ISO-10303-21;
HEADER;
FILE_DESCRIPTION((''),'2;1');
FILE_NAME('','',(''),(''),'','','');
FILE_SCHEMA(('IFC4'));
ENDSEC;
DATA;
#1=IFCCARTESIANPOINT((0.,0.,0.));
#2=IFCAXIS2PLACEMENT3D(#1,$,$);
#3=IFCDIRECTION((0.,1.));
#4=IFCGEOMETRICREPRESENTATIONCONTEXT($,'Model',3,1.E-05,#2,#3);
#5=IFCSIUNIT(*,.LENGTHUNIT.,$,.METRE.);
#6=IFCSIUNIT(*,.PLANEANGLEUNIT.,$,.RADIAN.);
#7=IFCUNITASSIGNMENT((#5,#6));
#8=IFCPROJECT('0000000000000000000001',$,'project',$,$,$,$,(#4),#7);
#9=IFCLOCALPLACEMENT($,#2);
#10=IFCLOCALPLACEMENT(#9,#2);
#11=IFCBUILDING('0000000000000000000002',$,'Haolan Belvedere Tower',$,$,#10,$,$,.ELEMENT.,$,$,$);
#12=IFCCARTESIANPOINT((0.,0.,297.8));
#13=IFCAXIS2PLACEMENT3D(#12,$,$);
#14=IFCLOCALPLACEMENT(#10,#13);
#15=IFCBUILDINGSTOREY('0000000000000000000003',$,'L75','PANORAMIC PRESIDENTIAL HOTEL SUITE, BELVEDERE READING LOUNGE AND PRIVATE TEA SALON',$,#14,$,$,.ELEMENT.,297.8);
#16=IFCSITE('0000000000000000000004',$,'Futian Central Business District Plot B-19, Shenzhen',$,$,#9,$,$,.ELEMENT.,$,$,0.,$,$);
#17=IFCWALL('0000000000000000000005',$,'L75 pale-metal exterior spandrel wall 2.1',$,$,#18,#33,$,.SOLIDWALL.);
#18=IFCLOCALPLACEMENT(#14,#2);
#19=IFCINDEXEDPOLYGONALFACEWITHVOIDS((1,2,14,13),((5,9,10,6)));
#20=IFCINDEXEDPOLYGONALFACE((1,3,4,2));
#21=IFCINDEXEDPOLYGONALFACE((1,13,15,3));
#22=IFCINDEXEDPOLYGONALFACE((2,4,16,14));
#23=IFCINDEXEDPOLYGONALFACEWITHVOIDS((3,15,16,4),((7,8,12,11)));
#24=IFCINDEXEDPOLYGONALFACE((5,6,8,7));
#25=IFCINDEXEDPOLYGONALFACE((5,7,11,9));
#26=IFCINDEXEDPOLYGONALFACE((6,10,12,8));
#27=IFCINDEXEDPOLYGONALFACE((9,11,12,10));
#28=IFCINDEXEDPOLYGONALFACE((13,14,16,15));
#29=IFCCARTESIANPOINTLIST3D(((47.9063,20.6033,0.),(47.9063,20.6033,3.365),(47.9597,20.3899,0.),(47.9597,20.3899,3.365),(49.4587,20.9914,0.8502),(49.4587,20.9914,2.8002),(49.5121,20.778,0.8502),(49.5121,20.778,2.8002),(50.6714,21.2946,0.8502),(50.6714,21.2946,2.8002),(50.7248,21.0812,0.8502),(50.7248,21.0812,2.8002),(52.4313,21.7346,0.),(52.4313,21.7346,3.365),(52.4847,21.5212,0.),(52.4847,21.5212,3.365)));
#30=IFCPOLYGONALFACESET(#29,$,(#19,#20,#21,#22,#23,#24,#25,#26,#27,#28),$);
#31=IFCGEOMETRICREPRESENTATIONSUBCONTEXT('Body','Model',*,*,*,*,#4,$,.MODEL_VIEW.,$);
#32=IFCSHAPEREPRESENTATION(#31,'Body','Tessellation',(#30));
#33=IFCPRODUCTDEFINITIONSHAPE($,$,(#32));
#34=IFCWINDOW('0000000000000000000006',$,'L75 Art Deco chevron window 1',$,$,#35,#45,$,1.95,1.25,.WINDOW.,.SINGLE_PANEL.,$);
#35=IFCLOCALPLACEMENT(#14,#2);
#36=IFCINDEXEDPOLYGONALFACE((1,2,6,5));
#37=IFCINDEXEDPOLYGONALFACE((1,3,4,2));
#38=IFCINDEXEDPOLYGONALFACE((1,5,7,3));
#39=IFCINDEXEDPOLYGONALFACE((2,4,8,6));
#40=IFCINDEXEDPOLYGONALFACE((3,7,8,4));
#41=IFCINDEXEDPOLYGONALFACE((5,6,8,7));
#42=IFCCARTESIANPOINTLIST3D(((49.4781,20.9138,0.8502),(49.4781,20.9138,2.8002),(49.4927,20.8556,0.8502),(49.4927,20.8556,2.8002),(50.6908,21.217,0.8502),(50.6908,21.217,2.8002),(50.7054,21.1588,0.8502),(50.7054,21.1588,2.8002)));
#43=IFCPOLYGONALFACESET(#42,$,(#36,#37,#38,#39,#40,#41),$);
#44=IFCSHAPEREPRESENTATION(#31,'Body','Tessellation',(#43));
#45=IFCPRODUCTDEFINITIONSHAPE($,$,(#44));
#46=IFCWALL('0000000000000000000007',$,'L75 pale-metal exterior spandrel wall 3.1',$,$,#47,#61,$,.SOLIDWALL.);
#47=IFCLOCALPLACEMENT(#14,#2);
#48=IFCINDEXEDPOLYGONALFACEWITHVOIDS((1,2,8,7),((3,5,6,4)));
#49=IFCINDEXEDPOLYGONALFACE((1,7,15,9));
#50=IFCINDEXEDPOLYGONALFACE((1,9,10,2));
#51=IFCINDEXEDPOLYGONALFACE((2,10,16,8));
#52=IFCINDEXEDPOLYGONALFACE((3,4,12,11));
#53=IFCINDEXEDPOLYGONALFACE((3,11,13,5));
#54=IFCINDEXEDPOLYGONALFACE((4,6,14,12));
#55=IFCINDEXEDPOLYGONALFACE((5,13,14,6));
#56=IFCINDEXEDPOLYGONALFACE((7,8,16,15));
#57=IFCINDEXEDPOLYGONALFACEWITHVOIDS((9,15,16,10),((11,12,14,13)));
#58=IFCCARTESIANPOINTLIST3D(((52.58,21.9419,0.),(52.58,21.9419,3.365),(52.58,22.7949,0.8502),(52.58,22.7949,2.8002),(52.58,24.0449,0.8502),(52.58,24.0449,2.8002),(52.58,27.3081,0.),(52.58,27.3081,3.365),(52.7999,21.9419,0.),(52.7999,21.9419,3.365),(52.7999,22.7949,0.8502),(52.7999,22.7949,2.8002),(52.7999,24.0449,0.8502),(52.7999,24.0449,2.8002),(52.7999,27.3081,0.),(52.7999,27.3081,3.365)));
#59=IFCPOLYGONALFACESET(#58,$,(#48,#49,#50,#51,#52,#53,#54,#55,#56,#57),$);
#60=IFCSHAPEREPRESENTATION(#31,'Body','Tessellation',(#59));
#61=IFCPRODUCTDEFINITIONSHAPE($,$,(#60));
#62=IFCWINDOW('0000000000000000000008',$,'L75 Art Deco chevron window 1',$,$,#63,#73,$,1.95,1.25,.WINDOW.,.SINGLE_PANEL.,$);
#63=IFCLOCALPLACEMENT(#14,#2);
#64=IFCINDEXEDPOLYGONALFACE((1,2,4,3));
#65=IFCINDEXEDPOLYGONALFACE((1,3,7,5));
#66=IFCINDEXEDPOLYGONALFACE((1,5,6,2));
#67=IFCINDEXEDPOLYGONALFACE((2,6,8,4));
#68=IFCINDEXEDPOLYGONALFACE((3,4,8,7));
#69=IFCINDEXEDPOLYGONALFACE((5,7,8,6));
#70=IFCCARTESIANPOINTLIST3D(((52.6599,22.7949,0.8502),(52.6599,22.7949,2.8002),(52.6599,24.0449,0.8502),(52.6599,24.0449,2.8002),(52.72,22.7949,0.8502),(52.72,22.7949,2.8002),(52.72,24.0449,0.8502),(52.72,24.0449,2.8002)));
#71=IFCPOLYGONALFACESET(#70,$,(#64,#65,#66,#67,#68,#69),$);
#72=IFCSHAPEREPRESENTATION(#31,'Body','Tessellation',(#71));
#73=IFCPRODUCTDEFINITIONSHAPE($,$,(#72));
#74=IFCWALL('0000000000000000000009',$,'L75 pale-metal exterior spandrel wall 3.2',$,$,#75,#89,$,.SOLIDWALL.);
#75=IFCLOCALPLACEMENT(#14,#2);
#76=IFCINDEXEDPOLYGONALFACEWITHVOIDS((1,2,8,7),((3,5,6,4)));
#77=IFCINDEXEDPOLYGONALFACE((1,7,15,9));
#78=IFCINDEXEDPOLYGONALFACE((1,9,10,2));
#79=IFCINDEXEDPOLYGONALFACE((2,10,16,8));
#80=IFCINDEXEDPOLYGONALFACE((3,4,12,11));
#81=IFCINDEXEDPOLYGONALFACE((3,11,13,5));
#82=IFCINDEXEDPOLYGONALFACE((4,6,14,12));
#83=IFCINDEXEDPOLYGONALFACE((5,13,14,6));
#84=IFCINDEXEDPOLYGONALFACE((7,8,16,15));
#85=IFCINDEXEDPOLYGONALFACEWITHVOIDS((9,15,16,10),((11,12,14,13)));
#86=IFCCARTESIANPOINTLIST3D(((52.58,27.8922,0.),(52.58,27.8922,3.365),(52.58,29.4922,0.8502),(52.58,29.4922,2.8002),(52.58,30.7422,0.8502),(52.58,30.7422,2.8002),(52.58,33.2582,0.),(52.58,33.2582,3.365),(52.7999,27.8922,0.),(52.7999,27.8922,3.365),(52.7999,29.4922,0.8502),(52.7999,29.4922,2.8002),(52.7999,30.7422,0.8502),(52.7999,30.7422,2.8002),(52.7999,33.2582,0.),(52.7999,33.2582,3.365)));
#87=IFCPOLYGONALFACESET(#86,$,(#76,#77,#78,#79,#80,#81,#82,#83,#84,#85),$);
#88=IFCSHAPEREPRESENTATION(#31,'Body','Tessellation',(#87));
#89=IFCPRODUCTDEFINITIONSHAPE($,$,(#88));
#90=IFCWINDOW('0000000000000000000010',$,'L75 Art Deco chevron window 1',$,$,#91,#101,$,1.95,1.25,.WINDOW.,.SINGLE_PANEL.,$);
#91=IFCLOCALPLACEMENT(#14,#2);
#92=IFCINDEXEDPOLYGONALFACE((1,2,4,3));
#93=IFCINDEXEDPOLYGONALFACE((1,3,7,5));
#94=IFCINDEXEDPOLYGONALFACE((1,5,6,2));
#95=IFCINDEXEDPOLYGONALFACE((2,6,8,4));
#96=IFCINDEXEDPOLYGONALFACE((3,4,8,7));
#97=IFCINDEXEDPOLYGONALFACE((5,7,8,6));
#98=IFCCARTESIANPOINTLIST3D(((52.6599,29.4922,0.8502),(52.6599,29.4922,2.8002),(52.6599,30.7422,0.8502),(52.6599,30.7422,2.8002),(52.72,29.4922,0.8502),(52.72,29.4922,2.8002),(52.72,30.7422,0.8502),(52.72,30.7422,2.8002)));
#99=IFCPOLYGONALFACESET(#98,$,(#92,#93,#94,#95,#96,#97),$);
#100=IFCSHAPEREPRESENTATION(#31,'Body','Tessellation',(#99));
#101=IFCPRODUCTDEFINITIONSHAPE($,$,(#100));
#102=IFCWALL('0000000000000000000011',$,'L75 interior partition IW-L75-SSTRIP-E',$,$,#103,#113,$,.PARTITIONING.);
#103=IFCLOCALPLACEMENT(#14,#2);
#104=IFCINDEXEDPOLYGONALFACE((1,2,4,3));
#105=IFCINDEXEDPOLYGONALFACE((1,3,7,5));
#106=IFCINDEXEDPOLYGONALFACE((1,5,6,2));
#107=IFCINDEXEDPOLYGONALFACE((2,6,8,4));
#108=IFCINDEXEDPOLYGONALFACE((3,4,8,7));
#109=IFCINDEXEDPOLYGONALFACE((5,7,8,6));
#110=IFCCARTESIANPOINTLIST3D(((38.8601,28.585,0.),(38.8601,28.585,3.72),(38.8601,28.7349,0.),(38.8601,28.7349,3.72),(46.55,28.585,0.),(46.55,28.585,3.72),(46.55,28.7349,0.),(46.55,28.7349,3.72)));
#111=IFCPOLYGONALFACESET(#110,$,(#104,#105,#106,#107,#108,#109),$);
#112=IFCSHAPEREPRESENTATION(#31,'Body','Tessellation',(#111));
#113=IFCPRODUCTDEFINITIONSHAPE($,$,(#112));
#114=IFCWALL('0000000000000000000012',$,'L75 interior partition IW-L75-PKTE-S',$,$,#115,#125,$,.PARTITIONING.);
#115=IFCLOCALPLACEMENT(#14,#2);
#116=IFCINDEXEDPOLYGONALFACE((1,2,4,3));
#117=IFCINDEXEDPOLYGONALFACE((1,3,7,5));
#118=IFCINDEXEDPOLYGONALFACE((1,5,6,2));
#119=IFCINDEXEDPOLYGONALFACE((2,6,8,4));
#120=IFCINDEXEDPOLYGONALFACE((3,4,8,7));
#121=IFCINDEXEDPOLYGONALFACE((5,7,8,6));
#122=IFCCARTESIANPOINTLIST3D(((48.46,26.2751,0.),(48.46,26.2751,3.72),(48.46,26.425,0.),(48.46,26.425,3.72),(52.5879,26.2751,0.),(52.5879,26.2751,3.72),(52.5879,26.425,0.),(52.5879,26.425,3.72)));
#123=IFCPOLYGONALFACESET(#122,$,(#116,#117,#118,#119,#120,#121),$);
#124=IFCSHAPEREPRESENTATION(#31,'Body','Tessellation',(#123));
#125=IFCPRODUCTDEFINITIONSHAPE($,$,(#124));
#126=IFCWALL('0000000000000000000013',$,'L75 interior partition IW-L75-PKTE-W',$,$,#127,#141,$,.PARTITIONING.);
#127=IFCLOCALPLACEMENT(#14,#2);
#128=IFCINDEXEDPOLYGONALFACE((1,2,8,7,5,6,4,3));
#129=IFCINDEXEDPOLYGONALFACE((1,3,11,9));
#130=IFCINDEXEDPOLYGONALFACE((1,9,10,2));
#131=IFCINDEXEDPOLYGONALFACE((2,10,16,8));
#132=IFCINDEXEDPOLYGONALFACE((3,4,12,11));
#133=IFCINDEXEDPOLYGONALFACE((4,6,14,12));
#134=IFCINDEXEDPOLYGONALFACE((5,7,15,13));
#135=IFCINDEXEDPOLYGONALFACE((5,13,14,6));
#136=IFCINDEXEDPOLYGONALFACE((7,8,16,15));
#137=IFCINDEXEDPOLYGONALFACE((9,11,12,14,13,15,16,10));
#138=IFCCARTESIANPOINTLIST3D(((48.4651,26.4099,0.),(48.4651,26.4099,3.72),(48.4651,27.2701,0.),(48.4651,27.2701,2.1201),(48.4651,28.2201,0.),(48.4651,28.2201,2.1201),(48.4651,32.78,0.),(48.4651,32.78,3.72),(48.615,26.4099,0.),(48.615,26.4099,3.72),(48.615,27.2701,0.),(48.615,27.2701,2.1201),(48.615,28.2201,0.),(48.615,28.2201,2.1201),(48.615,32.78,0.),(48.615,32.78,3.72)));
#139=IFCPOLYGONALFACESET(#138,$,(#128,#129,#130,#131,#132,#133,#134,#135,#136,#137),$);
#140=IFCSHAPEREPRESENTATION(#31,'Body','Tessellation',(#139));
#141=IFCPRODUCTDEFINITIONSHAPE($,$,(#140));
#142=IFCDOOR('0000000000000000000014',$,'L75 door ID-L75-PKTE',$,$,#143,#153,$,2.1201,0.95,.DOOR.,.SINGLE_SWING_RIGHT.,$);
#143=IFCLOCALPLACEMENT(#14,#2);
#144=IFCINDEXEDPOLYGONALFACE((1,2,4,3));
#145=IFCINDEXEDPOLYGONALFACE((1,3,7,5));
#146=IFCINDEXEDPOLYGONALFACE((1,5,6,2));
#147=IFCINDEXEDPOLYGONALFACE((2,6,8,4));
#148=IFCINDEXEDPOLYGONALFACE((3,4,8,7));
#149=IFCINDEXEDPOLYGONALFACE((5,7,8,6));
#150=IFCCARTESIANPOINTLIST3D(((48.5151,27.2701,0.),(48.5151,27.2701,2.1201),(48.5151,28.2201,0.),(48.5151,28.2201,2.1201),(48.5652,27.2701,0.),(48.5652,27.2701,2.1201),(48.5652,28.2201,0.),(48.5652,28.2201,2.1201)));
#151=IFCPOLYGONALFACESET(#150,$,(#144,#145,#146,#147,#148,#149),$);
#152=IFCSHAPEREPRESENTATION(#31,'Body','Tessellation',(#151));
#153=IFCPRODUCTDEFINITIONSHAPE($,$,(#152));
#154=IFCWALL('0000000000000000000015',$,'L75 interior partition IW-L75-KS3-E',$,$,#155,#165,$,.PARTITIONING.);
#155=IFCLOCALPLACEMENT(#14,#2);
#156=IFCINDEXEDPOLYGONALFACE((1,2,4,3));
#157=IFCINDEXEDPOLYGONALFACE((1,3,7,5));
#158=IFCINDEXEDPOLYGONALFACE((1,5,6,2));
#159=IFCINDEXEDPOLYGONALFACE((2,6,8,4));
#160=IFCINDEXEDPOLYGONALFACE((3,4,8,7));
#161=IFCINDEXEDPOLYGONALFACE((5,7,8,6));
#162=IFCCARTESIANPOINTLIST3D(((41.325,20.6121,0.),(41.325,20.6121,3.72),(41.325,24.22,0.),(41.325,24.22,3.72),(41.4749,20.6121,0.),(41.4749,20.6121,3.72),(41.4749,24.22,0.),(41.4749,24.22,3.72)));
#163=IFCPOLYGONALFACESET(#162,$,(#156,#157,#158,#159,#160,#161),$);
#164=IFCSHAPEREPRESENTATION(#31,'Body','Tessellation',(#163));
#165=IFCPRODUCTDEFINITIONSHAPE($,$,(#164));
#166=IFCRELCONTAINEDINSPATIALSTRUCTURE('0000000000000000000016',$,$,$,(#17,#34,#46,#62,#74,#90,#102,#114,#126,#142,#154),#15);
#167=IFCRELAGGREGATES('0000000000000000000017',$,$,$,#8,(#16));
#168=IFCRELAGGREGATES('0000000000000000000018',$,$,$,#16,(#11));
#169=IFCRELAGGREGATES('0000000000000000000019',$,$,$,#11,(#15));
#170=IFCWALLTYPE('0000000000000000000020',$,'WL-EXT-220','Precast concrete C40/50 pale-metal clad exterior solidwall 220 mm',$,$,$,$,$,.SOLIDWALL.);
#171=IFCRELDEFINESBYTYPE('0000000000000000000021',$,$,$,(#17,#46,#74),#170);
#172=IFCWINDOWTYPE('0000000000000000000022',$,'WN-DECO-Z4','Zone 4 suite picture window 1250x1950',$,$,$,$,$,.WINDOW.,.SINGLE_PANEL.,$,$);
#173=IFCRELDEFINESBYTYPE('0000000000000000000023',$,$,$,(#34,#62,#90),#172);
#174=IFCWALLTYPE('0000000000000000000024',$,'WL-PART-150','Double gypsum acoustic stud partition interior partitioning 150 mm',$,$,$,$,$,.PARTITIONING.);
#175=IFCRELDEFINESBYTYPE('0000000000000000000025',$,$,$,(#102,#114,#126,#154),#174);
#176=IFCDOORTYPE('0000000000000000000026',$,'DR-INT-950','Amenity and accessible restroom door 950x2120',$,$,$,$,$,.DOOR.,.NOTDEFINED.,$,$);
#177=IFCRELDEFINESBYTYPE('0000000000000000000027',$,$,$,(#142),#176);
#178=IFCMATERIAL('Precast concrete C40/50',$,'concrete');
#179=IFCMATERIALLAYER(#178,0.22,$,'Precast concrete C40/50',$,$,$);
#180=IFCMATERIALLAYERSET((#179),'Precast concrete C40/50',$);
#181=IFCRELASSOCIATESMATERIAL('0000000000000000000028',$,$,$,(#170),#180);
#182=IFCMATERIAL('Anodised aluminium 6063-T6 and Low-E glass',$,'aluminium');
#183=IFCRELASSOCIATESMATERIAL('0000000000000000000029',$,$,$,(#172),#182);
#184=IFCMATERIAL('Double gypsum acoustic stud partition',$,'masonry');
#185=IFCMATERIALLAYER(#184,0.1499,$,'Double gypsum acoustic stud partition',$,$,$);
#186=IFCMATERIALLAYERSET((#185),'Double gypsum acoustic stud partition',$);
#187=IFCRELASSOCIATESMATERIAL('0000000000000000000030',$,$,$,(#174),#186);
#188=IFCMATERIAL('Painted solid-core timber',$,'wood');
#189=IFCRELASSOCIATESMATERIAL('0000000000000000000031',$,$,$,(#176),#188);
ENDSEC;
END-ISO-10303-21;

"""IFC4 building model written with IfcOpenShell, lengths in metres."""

from ifc_helpers import new_model, si_unit, direction, frame, frame_2d, origin, place, context, subcontext, project, spatial, rectangle, extrude, material, layer, layer_set, type_object, element, fill, save


model = new_model("IFC4")

# Units and contexts
model_context = context("Model", 3, precision=1e-05, world=origin(), true_north=direction((0.0, 1.0)))
body_context = subcontext(model_context, "Body", "Model", "MODEL_VIEW")
ifc_project = project(units=[si_unit("LENGTHUNIT", "METRE"), si_unit("PLANEANGLEUNIT", "RADIAN")], contexts=[model_context])

# Site, building, storey
site_placement = place(None, origin())
site = spatial("IfcSite", under=ifc_project, at=site_placement, Name="Futian Central Business District Plot B-19, Shenzhen", CompositionType="ELEMENT", RefElevation=0.0)
building_placement = place(site_placement, origin())
building = spatial("IfcBuilding", under=site, at=building_placement, Name="Haolan Belvedere Tower", CompositionType="ELEMENT")
storey_placement = place(building_placement, frame((0.0, 0.0, 297.8)))
storey = spatial("IfcBuildingStorey", under=building, at=storey_placement, Name="L75", Description="PANORAMIC PRESIDENTIAL HOTEL SUITE, BELVEDERE READING LOUNGE AND PRIVATE TEA SALON", CompositionType="ELEMENT", Elevation=297.8)

# Walls, openings, windows
ifc_material_1 = material(Name="Precast concrete C40/50", Category="concrete")
ifc_layer_1 = layer(ifc_material_1, 0.22, Name="Precast concrete C40/50")
ifc_layer_set_1 = layer_set([ifc_layer_1], Name="Precast concrete C40/50")
wall_type_1 = type_object("IfcWallType", Name="WL-EXT-220", Description="Precast concrete C40/50 pale-metal clad exterior solidwall 220 mm", PredefinedType="SOLIDWALL", material=ifc_layer_set_1)
wall_1_placement = place(storey_placement, frame((47.9331, 20.4966, 0.0), z_axis=(0.0, 0.0, 1.0), x_axis=(0.970136, 0.24256, 0.0)))
wall_1 = element("IfcWall", 1, at=wall_1_placement, inside=storey, type_object=wall_type_1, Name="L75 pale-metal exterior spandrel wall 2.1", PredefinedType="SOLIDWALL", context=body_context, shape_type="SweptSolid", body=[
    extrude(rectangle(XDim=4.6643, YDim=0.22, at=frame_2d((2.332, 0.0))), origin(), (0.0, 0.0, 1.0), 3.365),
])
opening_1_placement = place(wall_1_placement, frame((1.6001, 0.0, 0.8501)))
opening_1 = element("IfcOpeningElement", 2, at=opening_1_placement, cuts=wall_1, PredefinedType="OPENING", context=body_context, shape_type="SweptSolid", body=[
    extrude(rectangle(XDim=1.25, YDim=1.95, at=frame_2d((0.625, 0.9751))), frame((0.0, 0.1199, 0.0), z_axis=(0.0, -1.0, 0.0), x_axis=(1.0, 0.0, 0.0)), (0.0, 0.0, 1.0), 0.24),
])
ifc_material_2 = material(Name="Anodised aluminium 6063-T6 and Low-E glass", Category="aluminium")
window_type = type_object("IfcWindowType", Name="WN-DECO-Z4", Description="Zone 4 suite picture window 1250x1950", PartitioningType="SINGLE_PANEL", PredefinedType="WINDOW", material=ifc_material_2)
window_1_placement = place(opening_1_placement, origin())
window_1 = element("IfcWindow", 3, at=window_1_placement, inside=storey, type_object=window_type, Name="L75 Art Deco chevron window 1", OverallHeight=1.95, OverallWidth=1.25, PartitioningType="SINGLE_PANEL", PredefinedType="WINDOW", context=body_context, shape_type="SweptSolid", body=[
    extrude(rectangle(XDim=1.25, YDim=1.95, at=frame_2d((0.625, 0.9751))), frame((0.0, 0.03, 0.0), z_axis=(0.0, -1.0, 0.0), x_axis=(1.0, 0.0, 0.0)), (0.0, 0.0, 1.0), 0.0601),
])
fill(opening_1, window_1)
wall_2_placement = place(storey_placement, frame((52.6899, 21.9419, 0.0), z_axis=(0.0, 0.0, 1.0), x_axis=(0.0, 1.0, 0.0)))
wall_2 = element("IfcWall", 4, at=wall_2_placement, inside=storey, type_object=wall_type_1, Name="L75 pale-metal exterior spandrel wall 3.1", PredefinedType="SOLIDWALL", context=body_context, shape_type="SweptSolid", body=[
    extrude(rectangle(XDim=5.3662, YDim=0.22, at=frame_2d((2.6831, 0.0))), origin(), (0.0, 0.0, 1.0), 3.365),
])
opening_2_placement = place(wall_2_placement, frame((0.853, 0.0, 0.8501)))
opening_2 = element("IfcOpeningElement", 5, at=opening_2_placement, cuts=wall_2, PredefinedType="OPENING", context=body_context, shape_type="SweptSolid", body=[
    extrude(rectangle(XDim=1.25, YDim=1.95, at=frame_2d((0.625, 0.9751))), frame((0.0, 0.1199, 0.0), z_axis=(0.0, -1.0, 0.0), x_axis=(1.0, 0.0, 0.0)), (0.0, 0.0, 1.0), 0.24),
])
window_2_placement = place(opening_2_placement, origin())
window_2 = element("IfcWindow", 6, at=window_2_placement, inside=storey, type_object=window_type, Name="L75 Art Deco chevron window 1", OverallHeight=1.95, OverallWidth=1.25, PartitioningType="SINGLE_PANEL", PredefinedType="WINDOW", context=body_context, shape_type="SweptSolid", body=[
    extrude(rectangle(XDim=1.25, YDim=1.95, at=frame_2d((0.625, 0.9751))), frame((0.0, 0.03, 0.0), z_axis=(0.0, -1.0, 0.0), x_axis=(1.0, 0.0, 0.0)), (0.0, 0.0, 1.0), 0.0601),
])
fill(opening_2, window_2)
wall_3_placement = place(storey_placement, frame((52.6899, 27.8921, 0.0), z_axis=(0.0, 0.0, 1.0), x_axis=(0.0, 1.0, 0.0)))
wall_3 = element("IfcWall", 7, at=wall_3_placement, inside=storey, type_object=wall_type_1, Name="L75 pale-metal exterior spandrel wall 3.2", PredefinedType="SOLIDWALL", context=body_context, shape_type="SweptSolid", body=[
    extrude(rectangle(XDim=5.366, YDim=0.22, at=frame_2d((2.6831, 0.0))), origin(), (0.0, 0.0, 1.0), 3.365),
])
opening_3_placement = place(wall_3_placement, frame((1.6001, 0.0, 0.8501)))
opening_3 = element("IfcOpeningElement", 8, at=opening_3_placement, cuts=wall_3, PredefinedType="OPENING", context=body_context, shape_type="SweptSolid", body=[
    extrude(rectangle(XDim=1.25, YDim=1.95, at=frame_2d((0.625, 0.9751))), frame((0.0, 0.1199, 0.0), z_axis=(0.0, -1.0, 0.0), x_axis=(1.0, 0.0, 0.0)), (0.0, 0.0, 1.0), 0.24),
])
window_3_placement = place(opening_3_placement, origin())
window_3 = element("IfcWindow", 9, at=window_3_placement, inside=storey, type_object=window_type, Name="L75 Art Deco chevron window 1", OverallHeight=1.95, OverallWidth=1.25, PartitioningType="SINGLE_PANEL", PredefinedType="WINDOW", context=body_context, shape_type="SweptSolid", body=[
    extrude(rectangle(XDim=1.25, YDim=1.95, at=frame_2d((0.625, 0.9751))), frame((0.0, 0.03, 0.0), z_axis=(0.0, -1.0, 0.0), x_axis=(1.0, 0.0, 0.0)), (0.0, 0.0, 1.0), 0.0601),
])
fill(opening_3, window_3)

# Walls
ifc_material_3 = material(Name="Double gypsum acoustic stud partition", Category="masonry")
ifc_layer_2 = layer(ifc_material_3, 0.1499, Name="Double gypsum acoustic stud partition")
ifc_layer_set_2 = layer_set([ifc_layer_2], Name="Double gypsum acoustic stud partition")
wall_type_2 = type_object("IfcWallType", Name="WL-PART-150", Description="Double gypsum acoustic stud partition interior partitioning 150 mm", PredefinedType="PARTITIONING", material=ifc_layer_set_2)
wall_4_placement = place(storey_placement, frame((38.8601, 28.6599, 0.0), z_axis=(0.0, 0.0, 1.0), x_axis=(1.0, 0.0, 0.0)))
element("IfcWall", 10, at=wall_4_placement, inside=storey, type_object=wall_type_2, Name="L75 interior partition IW-L75-SSTRIP-E", PredefinedType="PARTITIONING", context=body_context, shape_type="SweptSolid", body=[
    extrude(rectangle(XDim=7.6899, YDim=0.1499, at=frame_2d((3.845, 0.0))), origin(), (0.0, 0.0, 1.0), 3.72),
])
wall_5_placement = place(storey_placement, frame((48.46, 26.3501, 0.0), z_axis=(0.0, 0.0, 1.0), x_axis=(1.0, 0.0, 0.0)))
element("IfcWall", 11, at=wall_5_placement, inside=storey, type_object=wall_type_2, Name="L75 interior partition IW-L75-PKTE-S", PredefinedType="PARTITIONING", context=body_context, shape_type="SweptSolid", body=[
    extrude(rectangle(XDim=4.1279, YDim=0.1499, at=frame_2d((2.064, 0.0))), origin(), (0.0, 0.0, 1.0), 3.72),
])

# Wall, opening, door
wall_6_placement = place(storey_placement, frame((48.54, 26.4099, 0.0), z_axis=(0.0, 0.0, 1.0), x_axis=(0.0, 1.0, 0.0)))
wall_6 = element("IfcWall", 12, at=wall_6_placement, inside=storey, type_object=wall_type_2, Name="L75 interior partition IW-L75-PKTE-W", PredefinedType="PARTITIONING", context=body_context, shape_type="SweptSolid", body=[
    extrude(rectangle(XDim=6.3701, YDim=0.1499, at=frame_2d((3.1851, 0.0))), origin(), (0.0, 0.0, 1.0), 3.72),
])
opening_4_placement = place(wall_6_placement, frame((0.8601, 0.0, 0.0)))
opening_4 = element("IfcOpeningElement", 13, at=opening_4_placement, cuts=wall_6, PredefinedType="OPENING", context=body_context, shape_type="SweptSolid", body=[
    extrude(rectangle(XDim=0.95, YDim=2.1201, at=frame_2d((0.4751, 1.0601))), frame((0.0, 0.085, 0.0), z_axis=(0.0, -1.0, 0.0), x_axis=(1.0, 0.0, 0.0)), (0.0, 0.0, 1.0), 0.1699),
])
ifc_material_4 = material(Name="Painted solid-core timber", Category="wood")
door_type_1 = type_object("IfcDoorType", Name="DR-INT-950", Description="Amenity and accessible restroom door 950x2120", OperationType="NOTDEFINED", PredefinedType="DOOR", material=ifc_material_4)
door_1_placement = place(opening_4_placement, origin())
door_1 = element("IfcDoor", 14, at=door_1_placement, inside=storey, type_object=door_type_1, Name="L75 door ID-L75-PKTE", OperationType="SINGLE_SWING_RIGHT", OverallHeight=2.1201, OverallWidth=0.95, PredefinedType="DOOR", context=body_context, shape_type="SweptSolid", body=[
    extrude(rectangle(XDim=0.95, YDim=2.1201, at=frame_2d((0.4751, 1.0601))), frame((0.0, 0.0249, 0.0), z_axis=(0.0, -1.0, 0.0), x_axis=(1.0, 0.0, 0.0)), (0.0, 0.0, 1.0), 0.05),
])
fill(opening_4, door_1)

# Wall
wall_7_placement = place(storey_placement, frame((41.3999, 20.6121, 0.0), z_axis=(0.0, 0.0, 1.0), x_axis=(0.0, 1.0, 0.0)))
element("IfcWall", 15, at=wall_7_placement, inside=storey, type_object=wall_type_2, Name="L75 interior partition IW-L75-KS3-E", PredefinedType="PARTITIONING", context=body_context, shape_type="SweptSolid", body=[
    extrude(rectangle(XDim=3.6079, YDim=0.1499, at=frame_2d((1.804, 0.0))), origin(), (0.0, 0.0, 1.0), 3.72),
])

save(model, "model.ifc")
